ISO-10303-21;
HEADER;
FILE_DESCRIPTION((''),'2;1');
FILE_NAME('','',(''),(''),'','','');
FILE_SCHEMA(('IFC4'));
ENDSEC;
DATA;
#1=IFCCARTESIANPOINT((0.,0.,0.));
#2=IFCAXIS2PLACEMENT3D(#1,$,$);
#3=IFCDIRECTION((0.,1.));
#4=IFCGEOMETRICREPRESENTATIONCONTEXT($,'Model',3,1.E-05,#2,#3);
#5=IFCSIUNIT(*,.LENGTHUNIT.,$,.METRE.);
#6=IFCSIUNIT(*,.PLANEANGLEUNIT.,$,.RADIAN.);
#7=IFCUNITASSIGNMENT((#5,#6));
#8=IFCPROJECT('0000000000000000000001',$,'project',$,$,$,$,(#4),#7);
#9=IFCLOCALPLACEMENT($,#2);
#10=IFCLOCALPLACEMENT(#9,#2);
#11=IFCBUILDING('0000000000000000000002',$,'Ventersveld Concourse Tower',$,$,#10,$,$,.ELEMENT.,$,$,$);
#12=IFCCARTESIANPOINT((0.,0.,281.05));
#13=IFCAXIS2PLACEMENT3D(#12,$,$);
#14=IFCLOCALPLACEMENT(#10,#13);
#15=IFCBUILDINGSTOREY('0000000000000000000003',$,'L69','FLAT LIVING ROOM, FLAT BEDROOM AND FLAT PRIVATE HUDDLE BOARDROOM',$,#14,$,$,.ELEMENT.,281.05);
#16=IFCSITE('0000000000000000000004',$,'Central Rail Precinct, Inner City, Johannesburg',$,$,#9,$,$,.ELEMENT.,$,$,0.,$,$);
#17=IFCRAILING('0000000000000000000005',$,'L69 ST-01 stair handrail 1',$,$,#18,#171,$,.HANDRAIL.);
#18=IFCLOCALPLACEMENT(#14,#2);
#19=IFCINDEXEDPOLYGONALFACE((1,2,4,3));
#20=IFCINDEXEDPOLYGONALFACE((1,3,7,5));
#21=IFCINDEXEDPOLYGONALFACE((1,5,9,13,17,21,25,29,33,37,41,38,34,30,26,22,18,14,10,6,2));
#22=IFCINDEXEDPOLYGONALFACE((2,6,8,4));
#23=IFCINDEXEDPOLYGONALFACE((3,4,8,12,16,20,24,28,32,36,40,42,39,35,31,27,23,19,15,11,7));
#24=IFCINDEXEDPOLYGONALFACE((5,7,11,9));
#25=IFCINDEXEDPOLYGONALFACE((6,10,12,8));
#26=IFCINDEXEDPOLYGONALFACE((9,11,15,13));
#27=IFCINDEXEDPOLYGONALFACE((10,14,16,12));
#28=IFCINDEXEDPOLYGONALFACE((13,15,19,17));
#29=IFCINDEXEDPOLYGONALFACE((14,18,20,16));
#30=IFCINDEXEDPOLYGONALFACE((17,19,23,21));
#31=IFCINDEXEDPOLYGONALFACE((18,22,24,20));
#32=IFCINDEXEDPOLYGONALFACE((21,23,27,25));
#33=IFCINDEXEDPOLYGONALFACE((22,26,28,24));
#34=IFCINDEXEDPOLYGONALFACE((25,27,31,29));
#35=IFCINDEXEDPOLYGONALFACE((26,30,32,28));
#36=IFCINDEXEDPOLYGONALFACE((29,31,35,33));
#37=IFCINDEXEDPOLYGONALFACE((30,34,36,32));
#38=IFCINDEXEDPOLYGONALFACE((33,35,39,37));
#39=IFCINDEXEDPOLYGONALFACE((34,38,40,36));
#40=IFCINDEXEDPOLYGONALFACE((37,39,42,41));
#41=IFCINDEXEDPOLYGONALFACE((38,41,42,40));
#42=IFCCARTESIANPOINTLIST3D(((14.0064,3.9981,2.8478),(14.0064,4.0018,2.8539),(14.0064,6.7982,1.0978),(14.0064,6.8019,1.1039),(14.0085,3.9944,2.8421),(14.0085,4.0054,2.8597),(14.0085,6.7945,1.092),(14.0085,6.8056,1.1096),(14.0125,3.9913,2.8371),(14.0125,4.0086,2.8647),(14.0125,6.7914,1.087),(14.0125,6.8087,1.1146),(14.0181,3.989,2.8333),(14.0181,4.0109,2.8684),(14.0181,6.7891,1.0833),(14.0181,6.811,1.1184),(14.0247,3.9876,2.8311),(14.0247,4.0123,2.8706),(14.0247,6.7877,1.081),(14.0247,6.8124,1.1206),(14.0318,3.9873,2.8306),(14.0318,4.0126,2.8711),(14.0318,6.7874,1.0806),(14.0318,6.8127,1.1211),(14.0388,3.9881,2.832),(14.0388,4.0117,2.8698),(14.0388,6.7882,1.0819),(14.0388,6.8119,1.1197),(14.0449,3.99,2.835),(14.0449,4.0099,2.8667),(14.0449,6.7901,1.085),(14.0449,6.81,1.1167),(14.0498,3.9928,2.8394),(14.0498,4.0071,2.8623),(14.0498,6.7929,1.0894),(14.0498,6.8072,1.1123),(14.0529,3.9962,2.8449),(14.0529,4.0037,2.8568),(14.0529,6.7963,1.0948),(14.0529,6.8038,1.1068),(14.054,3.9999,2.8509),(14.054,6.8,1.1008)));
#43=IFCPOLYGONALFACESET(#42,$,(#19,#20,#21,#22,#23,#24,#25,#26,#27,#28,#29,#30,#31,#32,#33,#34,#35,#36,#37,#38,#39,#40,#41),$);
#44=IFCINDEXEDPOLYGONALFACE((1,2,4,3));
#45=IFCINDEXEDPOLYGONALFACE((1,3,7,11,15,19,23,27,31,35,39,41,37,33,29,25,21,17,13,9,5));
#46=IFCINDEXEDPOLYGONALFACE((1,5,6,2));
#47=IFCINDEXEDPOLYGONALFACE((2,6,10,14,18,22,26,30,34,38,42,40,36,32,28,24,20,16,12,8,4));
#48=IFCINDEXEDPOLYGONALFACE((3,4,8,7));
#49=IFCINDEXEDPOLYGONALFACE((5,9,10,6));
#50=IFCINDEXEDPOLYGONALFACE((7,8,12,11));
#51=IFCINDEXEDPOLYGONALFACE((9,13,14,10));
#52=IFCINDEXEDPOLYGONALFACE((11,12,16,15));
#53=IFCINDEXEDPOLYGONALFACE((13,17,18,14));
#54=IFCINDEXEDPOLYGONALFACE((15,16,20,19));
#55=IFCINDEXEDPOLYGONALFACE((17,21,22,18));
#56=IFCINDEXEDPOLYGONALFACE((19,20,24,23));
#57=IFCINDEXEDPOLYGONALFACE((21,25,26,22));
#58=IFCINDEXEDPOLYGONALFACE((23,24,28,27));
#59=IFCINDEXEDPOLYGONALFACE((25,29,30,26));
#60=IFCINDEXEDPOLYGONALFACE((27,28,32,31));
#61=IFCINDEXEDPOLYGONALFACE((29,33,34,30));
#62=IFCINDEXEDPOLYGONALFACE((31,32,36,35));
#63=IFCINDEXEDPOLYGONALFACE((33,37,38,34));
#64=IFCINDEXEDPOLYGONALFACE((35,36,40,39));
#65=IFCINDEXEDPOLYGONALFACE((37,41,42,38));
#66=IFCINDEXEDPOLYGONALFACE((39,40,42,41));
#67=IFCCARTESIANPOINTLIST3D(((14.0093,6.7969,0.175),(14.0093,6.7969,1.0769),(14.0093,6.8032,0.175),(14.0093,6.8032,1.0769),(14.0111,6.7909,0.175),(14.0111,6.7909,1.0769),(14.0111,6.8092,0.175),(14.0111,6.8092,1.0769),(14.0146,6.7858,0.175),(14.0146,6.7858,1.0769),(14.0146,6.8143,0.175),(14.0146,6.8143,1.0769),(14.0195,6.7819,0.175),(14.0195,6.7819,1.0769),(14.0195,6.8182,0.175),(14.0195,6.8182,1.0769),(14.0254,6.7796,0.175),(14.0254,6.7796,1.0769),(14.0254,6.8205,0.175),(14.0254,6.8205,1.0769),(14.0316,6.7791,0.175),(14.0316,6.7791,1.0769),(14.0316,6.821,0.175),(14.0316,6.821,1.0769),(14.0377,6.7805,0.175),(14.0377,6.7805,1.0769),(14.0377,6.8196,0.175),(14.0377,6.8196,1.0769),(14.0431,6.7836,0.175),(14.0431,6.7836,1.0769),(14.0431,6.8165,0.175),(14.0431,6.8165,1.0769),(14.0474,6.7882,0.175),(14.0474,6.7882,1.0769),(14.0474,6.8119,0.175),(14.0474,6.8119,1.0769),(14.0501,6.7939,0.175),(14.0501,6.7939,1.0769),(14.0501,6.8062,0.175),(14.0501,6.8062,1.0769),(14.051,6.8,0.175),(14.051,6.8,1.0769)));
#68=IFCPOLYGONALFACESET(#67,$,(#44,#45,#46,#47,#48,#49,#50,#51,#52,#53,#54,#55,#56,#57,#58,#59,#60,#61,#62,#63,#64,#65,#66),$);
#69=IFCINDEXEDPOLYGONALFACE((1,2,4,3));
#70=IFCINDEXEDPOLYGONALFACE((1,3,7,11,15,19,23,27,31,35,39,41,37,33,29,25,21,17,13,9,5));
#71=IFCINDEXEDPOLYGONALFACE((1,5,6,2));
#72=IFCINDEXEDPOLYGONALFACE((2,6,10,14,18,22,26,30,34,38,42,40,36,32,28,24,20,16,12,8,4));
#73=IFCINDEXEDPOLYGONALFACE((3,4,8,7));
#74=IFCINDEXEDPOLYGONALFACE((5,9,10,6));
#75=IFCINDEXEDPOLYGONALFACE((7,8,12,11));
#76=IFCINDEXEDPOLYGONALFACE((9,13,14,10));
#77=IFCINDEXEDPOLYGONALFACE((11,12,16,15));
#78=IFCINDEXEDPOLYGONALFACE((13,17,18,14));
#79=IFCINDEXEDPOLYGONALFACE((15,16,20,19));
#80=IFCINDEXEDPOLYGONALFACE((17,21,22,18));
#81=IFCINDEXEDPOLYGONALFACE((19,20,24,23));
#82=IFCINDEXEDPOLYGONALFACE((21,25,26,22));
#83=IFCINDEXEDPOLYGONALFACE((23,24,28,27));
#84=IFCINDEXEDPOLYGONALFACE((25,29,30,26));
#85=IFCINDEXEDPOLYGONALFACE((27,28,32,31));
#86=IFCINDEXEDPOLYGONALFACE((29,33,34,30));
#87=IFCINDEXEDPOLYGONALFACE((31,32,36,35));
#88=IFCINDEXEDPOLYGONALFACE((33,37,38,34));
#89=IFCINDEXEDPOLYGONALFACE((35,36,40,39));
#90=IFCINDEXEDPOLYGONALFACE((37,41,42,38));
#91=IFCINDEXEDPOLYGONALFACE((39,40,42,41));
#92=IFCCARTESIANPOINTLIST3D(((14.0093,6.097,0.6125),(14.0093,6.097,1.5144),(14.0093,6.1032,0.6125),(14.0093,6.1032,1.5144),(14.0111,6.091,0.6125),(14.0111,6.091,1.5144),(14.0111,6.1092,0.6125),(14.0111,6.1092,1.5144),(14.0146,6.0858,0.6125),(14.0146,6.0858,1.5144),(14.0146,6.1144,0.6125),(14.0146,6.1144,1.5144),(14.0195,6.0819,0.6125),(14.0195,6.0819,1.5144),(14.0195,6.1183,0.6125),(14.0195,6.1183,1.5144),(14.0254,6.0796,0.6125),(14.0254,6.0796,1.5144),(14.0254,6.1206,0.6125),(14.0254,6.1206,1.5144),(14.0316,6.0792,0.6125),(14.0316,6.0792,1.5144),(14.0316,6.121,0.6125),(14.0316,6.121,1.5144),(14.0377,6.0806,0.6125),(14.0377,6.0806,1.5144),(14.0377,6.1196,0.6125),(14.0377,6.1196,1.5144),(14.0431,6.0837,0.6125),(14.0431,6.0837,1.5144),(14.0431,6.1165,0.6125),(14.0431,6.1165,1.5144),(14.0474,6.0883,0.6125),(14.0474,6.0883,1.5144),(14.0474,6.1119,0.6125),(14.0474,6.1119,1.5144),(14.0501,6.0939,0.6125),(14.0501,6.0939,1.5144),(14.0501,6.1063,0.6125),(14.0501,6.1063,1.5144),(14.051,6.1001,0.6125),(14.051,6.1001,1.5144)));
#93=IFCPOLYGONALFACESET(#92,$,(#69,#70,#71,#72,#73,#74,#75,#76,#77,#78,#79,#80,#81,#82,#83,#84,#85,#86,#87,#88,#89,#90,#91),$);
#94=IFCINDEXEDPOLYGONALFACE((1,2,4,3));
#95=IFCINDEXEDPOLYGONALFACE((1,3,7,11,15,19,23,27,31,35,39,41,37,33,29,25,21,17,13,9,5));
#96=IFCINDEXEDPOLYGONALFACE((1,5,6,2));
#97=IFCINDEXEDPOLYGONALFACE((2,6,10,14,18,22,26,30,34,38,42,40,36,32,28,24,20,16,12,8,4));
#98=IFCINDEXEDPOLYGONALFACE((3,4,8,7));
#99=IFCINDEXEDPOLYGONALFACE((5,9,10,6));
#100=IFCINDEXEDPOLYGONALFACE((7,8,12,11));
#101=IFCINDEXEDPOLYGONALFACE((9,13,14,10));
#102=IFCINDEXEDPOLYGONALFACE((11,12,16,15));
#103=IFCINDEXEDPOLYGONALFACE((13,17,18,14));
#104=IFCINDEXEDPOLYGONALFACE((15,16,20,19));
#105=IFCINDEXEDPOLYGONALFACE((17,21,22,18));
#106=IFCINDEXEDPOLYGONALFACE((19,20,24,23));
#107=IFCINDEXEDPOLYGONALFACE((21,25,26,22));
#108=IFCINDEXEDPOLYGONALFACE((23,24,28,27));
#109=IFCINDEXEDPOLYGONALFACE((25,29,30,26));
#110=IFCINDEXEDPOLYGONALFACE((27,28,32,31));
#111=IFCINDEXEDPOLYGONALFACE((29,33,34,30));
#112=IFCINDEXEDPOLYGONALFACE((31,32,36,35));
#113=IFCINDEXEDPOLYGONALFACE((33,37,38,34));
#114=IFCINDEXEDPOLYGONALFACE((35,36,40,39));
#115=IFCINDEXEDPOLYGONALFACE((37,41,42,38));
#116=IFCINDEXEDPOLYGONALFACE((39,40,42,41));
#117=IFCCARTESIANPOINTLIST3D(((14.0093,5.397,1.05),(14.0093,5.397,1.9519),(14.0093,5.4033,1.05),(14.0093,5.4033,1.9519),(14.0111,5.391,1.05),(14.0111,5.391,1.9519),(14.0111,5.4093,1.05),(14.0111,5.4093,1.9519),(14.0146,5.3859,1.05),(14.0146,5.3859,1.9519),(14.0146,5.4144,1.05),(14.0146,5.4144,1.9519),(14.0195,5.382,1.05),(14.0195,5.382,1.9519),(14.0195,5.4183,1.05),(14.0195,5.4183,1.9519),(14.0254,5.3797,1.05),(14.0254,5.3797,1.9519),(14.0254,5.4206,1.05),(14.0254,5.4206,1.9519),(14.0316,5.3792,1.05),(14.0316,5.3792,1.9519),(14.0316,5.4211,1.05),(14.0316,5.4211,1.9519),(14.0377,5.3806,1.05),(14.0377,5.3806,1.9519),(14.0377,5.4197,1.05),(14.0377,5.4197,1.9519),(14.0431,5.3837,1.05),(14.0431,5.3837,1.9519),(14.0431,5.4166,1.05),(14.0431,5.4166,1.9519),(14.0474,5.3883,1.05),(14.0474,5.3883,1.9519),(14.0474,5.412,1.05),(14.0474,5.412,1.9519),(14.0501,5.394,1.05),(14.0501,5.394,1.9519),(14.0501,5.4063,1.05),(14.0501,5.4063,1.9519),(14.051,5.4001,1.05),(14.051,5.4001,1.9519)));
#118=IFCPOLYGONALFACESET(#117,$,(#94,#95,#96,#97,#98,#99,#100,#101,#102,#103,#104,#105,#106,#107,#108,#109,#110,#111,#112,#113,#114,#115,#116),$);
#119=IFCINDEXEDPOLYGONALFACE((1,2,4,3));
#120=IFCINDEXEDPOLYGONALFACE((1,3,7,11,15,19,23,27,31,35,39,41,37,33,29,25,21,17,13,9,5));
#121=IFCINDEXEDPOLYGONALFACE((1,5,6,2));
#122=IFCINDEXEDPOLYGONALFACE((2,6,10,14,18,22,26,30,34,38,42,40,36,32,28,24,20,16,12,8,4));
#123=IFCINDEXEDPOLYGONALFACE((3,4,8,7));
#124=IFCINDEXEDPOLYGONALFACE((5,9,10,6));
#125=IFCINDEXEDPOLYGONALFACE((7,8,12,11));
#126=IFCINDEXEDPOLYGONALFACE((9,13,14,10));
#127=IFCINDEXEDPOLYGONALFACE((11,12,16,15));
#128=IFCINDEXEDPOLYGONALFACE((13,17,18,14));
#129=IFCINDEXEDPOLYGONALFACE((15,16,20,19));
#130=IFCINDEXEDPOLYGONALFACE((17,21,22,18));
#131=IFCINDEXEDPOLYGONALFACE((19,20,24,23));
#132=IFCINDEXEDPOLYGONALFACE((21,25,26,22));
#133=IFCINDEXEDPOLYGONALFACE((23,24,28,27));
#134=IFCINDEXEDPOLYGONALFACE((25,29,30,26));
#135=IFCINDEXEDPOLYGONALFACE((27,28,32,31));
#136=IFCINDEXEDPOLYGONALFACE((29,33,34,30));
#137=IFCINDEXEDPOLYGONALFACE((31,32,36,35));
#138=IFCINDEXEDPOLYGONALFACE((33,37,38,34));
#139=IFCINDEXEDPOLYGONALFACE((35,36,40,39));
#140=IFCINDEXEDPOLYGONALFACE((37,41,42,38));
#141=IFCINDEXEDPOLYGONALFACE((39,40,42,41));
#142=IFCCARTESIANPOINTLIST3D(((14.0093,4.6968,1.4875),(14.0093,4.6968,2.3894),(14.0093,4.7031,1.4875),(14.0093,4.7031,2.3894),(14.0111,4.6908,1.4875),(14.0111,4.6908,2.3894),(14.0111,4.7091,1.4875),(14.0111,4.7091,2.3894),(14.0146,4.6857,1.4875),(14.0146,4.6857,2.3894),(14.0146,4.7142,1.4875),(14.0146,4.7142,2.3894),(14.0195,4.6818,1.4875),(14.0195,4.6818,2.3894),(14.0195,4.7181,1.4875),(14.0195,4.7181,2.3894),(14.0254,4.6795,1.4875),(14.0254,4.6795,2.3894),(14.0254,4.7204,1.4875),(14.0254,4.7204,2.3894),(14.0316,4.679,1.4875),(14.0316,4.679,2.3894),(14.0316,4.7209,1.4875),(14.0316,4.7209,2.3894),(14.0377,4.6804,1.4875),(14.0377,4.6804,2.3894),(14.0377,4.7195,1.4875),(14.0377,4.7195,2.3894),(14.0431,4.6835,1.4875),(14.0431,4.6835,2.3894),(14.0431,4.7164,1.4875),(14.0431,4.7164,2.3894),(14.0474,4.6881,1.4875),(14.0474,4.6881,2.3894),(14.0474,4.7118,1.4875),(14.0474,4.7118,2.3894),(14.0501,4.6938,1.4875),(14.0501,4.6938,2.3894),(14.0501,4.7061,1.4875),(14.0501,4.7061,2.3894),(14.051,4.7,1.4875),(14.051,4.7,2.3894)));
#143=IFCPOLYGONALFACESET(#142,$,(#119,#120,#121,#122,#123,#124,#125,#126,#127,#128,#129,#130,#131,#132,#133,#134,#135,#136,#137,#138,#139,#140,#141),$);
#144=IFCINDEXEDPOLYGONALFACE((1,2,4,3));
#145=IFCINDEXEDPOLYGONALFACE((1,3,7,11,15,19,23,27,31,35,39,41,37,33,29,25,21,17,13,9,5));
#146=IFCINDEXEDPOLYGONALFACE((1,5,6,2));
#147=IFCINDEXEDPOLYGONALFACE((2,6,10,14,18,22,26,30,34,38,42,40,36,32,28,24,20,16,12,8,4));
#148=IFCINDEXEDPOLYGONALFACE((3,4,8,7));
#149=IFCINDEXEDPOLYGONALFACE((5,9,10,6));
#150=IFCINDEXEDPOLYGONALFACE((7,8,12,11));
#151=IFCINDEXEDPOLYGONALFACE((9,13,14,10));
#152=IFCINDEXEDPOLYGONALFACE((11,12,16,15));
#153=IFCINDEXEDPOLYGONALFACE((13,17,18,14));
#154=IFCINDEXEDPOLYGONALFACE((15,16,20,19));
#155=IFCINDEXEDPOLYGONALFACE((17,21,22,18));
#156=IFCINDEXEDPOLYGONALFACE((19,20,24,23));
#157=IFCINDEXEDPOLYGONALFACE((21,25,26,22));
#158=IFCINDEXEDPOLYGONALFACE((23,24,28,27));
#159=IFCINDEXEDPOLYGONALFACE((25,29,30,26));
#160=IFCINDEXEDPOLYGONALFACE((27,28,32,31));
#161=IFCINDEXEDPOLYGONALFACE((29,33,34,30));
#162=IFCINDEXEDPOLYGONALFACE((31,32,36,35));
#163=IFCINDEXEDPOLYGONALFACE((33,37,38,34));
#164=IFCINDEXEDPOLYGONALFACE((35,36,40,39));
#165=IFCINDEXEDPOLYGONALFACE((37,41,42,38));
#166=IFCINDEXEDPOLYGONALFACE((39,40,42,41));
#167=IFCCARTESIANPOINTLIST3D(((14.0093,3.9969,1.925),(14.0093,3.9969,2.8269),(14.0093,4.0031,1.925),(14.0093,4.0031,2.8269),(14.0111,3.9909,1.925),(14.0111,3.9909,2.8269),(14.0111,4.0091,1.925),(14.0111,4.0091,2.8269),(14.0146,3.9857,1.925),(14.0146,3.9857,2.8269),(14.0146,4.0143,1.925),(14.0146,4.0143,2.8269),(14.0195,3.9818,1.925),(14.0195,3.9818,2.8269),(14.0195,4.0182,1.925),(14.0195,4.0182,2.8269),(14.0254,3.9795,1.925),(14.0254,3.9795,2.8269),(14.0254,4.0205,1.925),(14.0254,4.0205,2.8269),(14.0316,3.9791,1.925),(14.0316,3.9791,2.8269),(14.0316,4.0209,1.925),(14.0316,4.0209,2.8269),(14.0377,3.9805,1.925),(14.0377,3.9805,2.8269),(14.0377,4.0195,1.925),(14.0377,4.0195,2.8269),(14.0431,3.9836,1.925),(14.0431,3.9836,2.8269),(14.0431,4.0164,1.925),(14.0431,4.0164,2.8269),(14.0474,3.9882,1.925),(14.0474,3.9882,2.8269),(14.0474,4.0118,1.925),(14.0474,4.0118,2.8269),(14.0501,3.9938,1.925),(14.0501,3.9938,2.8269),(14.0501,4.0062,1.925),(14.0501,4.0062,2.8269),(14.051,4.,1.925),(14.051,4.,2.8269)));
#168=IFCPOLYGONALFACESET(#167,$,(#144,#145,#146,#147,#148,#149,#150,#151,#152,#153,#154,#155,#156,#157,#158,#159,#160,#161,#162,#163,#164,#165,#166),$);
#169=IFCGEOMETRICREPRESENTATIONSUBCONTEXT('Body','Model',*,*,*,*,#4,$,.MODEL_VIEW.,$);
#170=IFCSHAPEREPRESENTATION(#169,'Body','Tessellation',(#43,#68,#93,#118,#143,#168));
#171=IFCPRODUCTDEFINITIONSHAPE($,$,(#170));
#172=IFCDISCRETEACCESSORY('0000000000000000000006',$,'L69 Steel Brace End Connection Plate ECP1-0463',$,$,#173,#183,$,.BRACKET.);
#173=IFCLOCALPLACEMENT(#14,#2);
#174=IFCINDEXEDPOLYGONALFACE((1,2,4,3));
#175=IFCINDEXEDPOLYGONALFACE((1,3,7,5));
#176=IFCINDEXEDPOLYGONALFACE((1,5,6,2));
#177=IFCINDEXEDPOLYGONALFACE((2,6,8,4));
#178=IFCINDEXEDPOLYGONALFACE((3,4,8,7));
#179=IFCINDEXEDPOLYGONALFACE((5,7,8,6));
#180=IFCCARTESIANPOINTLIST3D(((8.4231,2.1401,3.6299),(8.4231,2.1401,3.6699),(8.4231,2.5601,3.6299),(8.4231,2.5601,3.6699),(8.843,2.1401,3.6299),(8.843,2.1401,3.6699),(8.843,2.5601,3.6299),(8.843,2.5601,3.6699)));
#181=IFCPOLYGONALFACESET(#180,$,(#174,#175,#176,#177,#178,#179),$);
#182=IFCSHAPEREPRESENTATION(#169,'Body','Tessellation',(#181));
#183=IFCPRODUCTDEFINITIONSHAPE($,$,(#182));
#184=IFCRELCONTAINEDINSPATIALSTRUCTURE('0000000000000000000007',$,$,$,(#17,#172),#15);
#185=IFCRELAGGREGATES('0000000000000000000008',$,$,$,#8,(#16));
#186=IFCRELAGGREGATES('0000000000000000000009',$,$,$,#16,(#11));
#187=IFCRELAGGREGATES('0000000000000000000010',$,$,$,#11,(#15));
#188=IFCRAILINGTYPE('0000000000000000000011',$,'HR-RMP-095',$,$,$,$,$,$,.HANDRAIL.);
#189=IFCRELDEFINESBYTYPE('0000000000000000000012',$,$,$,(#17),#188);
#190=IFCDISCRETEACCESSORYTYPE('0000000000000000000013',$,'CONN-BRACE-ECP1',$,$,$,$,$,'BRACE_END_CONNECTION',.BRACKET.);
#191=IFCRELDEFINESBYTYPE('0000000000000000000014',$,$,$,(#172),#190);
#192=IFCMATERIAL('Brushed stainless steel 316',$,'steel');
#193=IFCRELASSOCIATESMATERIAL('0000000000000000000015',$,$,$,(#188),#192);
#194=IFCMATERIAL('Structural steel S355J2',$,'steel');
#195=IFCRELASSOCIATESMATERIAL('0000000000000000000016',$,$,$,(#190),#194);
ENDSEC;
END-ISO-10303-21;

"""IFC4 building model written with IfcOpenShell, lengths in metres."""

from ifc_helpers import new_model, si_unit, direction, frame, origin, origin_2d, place, context, subcontext, project, spatial, rectangle, circle, extrude, material, type_object, element, save


model = new_model("IFC4")

# Units and contexts
model_context = context("Model", 3, precision=1e-05, world=origin(), true_north=direction((0.0, 1.0)))
body_context = subcontext(model_context, "Body", "Model", "MODEL_VIEW")
ifc_project = project(units=[si_unit("LENGTHUNIT", "METRE"), si_unit("PLANEANGLEUNIT", "RADIAN")], contexts=[model_context])

# Site, building, storey
site_placement = place(None, origin())
site = spatial("IfcSite", under=ifc_project, at=site_placement, Name="Central Rail Precinct, Inner City, Johannesburg", CompositionType="ELEMENT", RefElevation=0.0)
building_placement = place(site_placement, origin())
building = spatial("IfcBuilding", under=site, at=building_placement, Name="Ventersveld Concourse Tower", CompositionType="ELEMENT")
storey_placement = place(building_placement, frame((0.0, 0.0, 281.05)))
storey = spatial("IfcBuildingStorey", under=building, at=storey_placement, Name="L69", Description="FLAT LIVING ROOM, FLAT BEDROOM AND FLAT PRIVATE HUDDLE BOARDROOM", CompositionType="ELEMENT", Elevation=281.05)

# Shared definitions
ifc_material_1 = material(Name="Structural steel S355J2", Category="steel")

# Railing
ifc_material_2 = material(Name="Brushed stainless steel 316", Category="steel")
railing_type = type_object("IfcRailingType", Name="HR-RMP-095", PredefinedType="HANDRAIL", material=ifc_material_2)
railing_placement = place(storey_placement, frame((14.03, 6.8, 0.175)))
element("IfcRailing", 1, at=railing_placement, inside=storey, type_object=railing_type, Name="L69 ST-01 stair handrail 1", PredefinedType="HANDRAIL", context=body_context, shape_type="SweptSolid", body=[
    extrude(circle(Radius=0.0239, at=origin_2d()), frame((0.0, 0.0, 0.9258), z_axis=(0.0, -0.848002, 0.529992), x_axis=(1.0, 0.0, 0.0)), (0.0, 0.0, 1.0), 3.302),
    extrude(circle(Radius=0.021, at=origin_2d()), origin(), (0.0, 0.0, 1.0), 0.9019),
    extrude(circle(Radius=0.021, at=origin_2d()), frame((0.0, -0.7, 0.4375)), (0.0, 0.0, 1.0), 0.9019),
    extrude(circle(Radius=0.021, at=origin_2d()), frame((0.0, -1.3999, 0.875)), (0.0, 0.0, 1.0), 0.9019),
    extrude(circle(Radius=0.021, at=origin_2d()), frame((0.0, -2.1001, 1.3125)), (0.0, 0.0, 1.0), 0.9019),
    extrude(circle(Radius=0.021, at=origin_2d()), frame((0.0, -2.8, 1.75)), (0.0, 0.0, 1.0), 0.9019),
])

# Discrete accessory
discrete_accessory_type = type_object("IfcDiscreteAccessoryType", Name="CONN-BRACE-ECP1", ElementType="BRACE_END_CONNECTION", PredefinedType="BRACKET", material=ifc_material_1)
discrete_accessory_placement = place(storey_placement, frame((8.6331, 2.3501, 3.6299), z_axis=(0.0, 0.0, 1.0), x_axis=(1.0, 0.0, 0.0)))
element("IfcDiscreteAccessory", 2, at=discrete_accessory_placement, inside=storey, type_object=discrete_accessory_type, Name="L69 Steel Brace End Connection Plate ECP1-0463", PredefinedType="BRACKET", context=body_context, shape_type="SweptSolid", body=[
    extrude(rectangle(XDim=0.4199, YDim=0.4199, at=origin_2d()), origin(), (0.0, 0.0, 1.0), 0.04),
])

save(model, "model.ifc")
